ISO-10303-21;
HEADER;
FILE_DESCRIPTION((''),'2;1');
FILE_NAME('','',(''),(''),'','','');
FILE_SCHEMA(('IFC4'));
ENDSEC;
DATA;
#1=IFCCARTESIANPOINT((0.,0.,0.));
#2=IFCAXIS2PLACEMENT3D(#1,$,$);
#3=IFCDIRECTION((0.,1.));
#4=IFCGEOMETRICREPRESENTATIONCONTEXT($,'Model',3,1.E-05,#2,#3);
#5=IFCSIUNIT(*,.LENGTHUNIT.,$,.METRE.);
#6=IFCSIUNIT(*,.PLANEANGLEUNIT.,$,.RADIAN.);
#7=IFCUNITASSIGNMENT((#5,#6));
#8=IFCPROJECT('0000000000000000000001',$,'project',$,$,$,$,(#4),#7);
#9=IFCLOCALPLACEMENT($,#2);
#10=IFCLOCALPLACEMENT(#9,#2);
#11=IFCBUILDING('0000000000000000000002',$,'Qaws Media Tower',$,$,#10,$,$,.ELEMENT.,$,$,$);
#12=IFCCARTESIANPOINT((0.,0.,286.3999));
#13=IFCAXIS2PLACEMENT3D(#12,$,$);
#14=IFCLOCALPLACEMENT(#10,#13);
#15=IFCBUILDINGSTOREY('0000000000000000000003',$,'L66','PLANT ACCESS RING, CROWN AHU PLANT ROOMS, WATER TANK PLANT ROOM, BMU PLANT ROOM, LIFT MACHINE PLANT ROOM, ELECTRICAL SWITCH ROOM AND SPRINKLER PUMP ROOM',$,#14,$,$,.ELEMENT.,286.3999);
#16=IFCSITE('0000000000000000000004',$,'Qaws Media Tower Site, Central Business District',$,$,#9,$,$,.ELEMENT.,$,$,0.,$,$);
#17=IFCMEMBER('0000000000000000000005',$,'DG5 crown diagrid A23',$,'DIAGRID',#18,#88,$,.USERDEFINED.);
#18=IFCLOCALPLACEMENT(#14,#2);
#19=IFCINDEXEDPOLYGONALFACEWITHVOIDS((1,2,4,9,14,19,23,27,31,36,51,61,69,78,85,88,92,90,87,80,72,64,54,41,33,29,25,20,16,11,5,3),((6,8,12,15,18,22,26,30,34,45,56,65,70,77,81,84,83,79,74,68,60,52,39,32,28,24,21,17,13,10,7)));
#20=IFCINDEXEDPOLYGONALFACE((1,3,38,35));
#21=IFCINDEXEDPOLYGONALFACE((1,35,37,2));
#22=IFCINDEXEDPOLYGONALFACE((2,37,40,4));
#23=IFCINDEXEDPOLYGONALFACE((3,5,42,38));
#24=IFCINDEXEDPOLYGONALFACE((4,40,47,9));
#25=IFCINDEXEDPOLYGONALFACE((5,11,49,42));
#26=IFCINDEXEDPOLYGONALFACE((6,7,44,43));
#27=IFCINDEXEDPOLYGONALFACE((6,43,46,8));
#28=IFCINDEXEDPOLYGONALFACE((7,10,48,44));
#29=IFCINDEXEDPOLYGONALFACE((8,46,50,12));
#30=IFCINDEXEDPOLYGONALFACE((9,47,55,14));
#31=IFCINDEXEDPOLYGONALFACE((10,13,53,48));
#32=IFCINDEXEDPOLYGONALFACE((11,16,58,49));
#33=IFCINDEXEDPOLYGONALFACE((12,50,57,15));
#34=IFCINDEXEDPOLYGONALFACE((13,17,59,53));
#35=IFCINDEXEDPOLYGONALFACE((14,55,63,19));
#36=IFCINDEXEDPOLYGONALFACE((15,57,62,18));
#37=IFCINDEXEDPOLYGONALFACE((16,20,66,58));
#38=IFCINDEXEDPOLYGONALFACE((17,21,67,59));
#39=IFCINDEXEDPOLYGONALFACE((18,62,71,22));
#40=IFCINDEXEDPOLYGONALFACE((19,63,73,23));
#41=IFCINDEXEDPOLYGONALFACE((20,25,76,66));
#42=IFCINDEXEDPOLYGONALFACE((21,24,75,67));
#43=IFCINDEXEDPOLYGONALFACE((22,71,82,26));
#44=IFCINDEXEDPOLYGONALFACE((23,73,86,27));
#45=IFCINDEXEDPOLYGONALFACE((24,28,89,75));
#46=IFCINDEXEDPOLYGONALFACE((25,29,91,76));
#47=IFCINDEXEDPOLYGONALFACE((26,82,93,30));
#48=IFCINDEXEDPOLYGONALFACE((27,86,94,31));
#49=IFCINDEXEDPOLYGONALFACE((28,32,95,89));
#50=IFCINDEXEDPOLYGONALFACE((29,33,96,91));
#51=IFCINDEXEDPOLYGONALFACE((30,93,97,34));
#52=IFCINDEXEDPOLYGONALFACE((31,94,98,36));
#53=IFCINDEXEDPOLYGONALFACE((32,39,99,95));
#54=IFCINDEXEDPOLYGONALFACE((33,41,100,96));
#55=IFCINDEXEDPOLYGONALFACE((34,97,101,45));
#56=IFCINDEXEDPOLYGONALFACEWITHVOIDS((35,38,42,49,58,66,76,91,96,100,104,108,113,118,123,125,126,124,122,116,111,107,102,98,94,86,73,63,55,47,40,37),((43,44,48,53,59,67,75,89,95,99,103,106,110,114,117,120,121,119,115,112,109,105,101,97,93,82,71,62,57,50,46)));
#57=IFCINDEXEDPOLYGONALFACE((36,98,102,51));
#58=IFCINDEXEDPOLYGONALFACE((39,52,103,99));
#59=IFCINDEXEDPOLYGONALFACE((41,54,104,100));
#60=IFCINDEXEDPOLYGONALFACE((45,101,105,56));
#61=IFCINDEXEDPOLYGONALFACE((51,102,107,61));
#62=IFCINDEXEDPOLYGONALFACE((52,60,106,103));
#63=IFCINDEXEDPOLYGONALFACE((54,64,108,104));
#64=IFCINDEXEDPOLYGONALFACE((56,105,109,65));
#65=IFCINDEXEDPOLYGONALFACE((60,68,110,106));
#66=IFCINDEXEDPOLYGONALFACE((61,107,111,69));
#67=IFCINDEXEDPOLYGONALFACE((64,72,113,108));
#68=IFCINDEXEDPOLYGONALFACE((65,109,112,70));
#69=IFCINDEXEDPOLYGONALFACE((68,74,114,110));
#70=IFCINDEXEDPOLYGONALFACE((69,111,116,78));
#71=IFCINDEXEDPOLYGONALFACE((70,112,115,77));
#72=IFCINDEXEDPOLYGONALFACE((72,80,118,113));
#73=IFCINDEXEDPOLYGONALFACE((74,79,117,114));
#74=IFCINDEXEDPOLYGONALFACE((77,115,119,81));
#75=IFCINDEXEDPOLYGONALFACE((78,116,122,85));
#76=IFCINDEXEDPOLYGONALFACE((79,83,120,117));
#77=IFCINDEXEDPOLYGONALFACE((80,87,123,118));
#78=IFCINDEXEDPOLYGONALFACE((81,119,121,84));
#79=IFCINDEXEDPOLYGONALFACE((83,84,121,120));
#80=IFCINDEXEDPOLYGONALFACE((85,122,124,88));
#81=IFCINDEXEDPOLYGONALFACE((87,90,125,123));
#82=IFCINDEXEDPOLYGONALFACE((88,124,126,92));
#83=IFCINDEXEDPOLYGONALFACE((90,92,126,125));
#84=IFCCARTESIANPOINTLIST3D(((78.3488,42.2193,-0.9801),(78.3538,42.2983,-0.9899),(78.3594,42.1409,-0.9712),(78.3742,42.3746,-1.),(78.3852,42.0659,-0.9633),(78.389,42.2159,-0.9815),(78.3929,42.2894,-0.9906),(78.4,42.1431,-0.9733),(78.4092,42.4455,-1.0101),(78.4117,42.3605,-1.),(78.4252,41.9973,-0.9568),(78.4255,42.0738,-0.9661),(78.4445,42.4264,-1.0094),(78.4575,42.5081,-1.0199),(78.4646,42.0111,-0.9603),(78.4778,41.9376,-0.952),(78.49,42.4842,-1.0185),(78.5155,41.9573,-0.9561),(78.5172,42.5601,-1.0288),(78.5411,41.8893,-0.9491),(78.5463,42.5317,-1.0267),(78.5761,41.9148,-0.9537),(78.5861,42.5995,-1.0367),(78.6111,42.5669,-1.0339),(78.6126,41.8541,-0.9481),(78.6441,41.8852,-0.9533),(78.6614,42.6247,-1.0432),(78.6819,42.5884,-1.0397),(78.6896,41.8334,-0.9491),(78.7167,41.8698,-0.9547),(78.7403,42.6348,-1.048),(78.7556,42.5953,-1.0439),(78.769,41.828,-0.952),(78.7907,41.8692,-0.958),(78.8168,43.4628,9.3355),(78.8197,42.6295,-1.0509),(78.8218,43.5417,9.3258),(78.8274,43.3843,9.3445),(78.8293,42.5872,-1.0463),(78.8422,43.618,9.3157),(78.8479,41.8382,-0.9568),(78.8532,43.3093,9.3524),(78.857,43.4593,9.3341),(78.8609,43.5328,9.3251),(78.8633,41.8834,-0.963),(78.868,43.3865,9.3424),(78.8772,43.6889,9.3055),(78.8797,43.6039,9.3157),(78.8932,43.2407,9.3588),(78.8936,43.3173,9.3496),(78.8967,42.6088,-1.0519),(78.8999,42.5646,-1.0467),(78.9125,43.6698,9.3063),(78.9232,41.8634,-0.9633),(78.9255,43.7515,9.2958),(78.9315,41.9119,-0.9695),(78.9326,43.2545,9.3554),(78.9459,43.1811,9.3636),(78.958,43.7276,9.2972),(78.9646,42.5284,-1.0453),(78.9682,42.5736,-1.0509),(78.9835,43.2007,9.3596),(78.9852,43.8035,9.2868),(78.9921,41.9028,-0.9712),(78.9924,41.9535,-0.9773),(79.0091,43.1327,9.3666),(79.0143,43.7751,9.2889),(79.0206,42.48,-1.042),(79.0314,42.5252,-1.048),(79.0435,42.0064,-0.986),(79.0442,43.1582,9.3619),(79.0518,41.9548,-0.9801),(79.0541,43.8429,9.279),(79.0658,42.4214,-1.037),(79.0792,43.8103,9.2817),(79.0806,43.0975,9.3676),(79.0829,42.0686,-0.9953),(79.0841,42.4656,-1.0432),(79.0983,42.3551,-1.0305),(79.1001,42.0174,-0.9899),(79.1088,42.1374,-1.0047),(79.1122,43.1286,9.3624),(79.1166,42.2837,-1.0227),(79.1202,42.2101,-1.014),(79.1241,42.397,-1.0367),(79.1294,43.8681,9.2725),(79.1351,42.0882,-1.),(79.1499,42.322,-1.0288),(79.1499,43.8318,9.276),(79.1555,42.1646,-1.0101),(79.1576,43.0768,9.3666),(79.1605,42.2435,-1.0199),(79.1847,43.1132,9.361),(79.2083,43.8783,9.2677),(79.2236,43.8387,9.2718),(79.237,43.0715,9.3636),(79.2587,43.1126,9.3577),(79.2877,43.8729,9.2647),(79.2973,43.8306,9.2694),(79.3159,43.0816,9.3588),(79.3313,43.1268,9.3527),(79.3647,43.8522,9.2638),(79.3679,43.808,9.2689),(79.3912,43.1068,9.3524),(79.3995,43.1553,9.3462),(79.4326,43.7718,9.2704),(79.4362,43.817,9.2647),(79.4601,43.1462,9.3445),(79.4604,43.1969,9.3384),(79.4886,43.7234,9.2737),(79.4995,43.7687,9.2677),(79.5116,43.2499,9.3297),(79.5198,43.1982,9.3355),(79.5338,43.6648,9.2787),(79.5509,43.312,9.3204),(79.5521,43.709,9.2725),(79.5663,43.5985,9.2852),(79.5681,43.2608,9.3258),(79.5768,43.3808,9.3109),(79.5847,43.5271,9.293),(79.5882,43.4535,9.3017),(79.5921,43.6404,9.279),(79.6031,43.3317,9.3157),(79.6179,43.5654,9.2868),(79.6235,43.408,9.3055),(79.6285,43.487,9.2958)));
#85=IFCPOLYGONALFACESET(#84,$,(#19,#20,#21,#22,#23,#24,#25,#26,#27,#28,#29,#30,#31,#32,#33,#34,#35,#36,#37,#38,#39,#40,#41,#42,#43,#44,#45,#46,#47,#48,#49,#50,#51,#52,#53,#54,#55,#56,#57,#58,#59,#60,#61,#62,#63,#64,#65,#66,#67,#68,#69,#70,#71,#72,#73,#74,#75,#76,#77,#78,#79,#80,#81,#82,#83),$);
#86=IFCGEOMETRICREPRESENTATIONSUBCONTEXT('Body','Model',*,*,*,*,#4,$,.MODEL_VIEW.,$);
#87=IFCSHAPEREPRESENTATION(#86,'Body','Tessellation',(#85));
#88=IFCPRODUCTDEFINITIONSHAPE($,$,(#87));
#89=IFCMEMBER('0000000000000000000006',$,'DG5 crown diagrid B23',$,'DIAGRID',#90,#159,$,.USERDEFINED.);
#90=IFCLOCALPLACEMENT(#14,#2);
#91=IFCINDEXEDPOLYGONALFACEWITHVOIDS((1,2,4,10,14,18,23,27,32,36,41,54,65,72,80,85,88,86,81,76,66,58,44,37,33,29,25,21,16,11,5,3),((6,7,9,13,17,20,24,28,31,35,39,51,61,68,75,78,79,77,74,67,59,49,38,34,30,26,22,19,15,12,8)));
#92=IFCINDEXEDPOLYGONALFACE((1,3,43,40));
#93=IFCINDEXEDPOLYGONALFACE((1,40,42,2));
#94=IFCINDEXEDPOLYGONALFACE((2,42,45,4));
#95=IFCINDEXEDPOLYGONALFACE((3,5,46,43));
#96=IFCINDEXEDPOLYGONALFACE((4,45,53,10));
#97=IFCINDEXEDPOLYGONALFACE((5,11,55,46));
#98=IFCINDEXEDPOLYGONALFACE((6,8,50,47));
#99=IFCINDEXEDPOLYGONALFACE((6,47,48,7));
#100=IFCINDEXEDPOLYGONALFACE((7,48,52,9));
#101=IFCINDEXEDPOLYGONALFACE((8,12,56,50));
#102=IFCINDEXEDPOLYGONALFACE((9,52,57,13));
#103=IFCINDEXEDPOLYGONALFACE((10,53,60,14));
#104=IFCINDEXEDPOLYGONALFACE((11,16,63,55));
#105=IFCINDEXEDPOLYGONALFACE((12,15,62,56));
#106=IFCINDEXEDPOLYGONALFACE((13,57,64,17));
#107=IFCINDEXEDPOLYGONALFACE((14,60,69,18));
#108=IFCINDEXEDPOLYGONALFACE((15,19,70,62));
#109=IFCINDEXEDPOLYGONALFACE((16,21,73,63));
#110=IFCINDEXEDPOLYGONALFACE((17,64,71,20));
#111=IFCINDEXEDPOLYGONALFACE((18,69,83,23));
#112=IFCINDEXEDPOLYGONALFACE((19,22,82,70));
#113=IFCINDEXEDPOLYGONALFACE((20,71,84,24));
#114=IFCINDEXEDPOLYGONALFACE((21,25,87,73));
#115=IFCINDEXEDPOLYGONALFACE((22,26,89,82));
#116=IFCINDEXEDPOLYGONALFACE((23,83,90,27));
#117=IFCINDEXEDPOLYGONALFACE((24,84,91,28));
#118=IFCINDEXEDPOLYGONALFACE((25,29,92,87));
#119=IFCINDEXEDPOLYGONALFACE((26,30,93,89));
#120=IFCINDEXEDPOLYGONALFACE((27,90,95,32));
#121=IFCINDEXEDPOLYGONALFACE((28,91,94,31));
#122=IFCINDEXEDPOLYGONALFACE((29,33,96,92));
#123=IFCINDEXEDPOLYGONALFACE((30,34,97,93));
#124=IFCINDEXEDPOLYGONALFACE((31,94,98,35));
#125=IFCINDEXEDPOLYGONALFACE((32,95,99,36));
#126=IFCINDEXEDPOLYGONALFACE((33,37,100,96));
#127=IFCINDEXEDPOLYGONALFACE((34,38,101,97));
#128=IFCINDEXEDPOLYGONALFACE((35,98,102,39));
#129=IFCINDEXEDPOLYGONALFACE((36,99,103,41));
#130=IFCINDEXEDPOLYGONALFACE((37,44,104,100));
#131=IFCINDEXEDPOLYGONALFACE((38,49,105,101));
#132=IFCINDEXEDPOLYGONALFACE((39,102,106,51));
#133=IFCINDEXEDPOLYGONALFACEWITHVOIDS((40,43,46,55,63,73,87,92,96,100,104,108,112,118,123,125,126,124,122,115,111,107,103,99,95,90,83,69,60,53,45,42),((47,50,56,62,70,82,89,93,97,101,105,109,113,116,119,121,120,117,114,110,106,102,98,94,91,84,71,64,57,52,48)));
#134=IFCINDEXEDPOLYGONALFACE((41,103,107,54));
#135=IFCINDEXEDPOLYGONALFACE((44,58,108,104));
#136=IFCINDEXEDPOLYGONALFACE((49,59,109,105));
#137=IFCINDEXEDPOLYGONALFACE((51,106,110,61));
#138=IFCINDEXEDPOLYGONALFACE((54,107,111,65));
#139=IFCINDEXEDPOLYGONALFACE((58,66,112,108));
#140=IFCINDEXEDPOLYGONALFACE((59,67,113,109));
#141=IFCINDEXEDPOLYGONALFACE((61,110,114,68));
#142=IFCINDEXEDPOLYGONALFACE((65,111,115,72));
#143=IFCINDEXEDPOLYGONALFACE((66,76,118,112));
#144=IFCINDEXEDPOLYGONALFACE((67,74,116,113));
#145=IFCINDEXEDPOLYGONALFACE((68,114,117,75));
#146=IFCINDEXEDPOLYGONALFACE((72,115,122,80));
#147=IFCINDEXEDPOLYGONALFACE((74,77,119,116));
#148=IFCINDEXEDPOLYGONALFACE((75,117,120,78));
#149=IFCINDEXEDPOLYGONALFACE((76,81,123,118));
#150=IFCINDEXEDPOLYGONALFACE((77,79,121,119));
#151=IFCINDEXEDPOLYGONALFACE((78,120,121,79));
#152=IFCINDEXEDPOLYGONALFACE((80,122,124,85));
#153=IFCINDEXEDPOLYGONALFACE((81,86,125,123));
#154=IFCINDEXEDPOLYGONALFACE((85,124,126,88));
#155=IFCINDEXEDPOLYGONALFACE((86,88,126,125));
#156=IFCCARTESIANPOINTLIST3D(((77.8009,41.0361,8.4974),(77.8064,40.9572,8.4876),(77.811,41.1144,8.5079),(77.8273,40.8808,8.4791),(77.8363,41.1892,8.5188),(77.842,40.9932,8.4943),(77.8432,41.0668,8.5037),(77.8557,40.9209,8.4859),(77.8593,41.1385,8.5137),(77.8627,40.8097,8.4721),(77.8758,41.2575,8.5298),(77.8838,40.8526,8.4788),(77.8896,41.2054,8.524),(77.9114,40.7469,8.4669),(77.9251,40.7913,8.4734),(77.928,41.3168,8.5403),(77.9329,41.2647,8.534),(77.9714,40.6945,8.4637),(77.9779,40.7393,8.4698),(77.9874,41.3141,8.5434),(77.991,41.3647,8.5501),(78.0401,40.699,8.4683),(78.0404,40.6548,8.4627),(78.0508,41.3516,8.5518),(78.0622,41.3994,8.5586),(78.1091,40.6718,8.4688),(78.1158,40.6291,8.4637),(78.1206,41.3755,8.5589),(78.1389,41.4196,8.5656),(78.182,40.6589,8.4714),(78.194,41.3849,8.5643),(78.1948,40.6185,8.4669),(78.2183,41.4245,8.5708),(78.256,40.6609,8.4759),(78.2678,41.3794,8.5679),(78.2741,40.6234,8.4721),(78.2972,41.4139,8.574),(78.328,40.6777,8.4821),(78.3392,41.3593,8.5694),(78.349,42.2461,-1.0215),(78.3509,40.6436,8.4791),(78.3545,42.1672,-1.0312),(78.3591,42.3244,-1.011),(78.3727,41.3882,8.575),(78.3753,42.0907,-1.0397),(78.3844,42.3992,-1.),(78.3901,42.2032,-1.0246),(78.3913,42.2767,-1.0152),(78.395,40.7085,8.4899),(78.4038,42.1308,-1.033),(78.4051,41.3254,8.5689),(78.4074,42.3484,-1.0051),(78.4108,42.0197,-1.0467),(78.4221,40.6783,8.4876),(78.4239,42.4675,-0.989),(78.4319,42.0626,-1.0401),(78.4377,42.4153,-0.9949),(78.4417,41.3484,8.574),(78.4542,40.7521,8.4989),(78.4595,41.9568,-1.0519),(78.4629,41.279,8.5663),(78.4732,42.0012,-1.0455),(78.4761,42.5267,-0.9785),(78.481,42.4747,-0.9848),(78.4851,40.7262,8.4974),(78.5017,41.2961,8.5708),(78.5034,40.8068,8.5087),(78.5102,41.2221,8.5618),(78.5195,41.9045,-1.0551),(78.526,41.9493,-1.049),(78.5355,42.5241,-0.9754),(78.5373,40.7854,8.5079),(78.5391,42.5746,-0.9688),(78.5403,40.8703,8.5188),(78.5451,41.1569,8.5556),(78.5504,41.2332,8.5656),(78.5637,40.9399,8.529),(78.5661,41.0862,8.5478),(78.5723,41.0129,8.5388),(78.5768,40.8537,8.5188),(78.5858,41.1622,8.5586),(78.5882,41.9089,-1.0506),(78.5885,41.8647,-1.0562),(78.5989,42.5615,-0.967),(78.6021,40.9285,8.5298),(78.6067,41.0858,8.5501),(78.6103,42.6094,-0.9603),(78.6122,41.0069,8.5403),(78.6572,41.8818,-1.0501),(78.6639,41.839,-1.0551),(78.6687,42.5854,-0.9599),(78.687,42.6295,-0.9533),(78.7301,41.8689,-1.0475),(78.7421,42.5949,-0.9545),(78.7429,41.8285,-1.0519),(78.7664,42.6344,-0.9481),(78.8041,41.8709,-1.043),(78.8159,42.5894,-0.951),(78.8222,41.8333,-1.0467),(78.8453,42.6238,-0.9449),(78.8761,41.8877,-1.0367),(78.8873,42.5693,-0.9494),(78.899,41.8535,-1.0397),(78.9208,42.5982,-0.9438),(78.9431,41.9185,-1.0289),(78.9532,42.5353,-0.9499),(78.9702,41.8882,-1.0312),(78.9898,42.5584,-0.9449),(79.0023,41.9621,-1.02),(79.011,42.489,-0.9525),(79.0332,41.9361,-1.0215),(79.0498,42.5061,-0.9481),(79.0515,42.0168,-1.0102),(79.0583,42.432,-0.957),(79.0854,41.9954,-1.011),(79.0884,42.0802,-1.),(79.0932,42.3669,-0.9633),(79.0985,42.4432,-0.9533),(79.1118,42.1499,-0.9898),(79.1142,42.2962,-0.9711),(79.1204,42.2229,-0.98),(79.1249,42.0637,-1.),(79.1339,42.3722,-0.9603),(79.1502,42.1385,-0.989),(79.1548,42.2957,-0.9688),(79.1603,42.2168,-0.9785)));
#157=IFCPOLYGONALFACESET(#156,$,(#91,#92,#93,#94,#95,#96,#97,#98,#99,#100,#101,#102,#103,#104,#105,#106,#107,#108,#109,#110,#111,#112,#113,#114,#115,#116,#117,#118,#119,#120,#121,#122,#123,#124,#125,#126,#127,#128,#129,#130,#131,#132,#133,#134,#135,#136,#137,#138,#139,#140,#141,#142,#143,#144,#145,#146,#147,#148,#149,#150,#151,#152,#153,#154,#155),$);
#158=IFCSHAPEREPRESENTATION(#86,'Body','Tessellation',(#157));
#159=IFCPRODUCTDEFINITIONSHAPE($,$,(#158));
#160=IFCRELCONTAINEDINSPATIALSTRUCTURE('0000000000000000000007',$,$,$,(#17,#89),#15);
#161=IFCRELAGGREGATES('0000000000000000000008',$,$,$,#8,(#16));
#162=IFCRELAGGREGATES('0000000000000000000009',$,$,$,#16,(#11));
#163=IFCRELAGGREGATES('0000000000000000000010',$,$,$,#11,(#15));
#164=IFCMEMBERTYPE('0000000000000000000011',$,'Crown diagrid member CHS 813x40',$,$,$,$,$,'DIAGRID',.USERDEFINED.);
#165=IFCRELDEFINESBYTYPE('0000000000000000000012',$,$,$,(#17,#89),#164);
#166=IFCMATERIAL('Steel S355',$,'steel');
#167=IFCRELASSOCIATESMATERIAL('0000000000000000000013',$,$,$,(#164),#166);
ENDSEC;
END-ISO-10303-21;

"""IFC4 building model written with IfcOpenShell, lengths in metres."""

from ifc_helpers import new_model, si_unit, direction, frame, origin, origin_2d, place, context, subcontext, project, spatial, hollow_circle, extrude, material, material_profile, profile_set, type_object, element, save


model = new_model("IFC4")

# Units and contexts
model_context = context("Model", 3, precision=1e-05, world=origin(), true_north=direction((0.0, 1.0)))
body_context = subcontext(model_context, "Body", "Model", "MODEL_VIEW")
ifc_project = project(units=[si_unit("LENGTHUNIT", "METRE"), si_unit("PLANEANGLEUNIT", "RADIAN")], contexts=[model_context])

# Site, building, storey
site_placement = place(None, origin())
site = spatial("IfcSite", under=ifc_project, at=site_placement, Name="Qaws Media Tower Site, Central Business District", CompositionType="ELEMENT", RefElevation=0.0)
building_placement = place(site_placement, origin())
building = spatial("IfcBuilding", under=site, at=building_placement, Name="Qaws Media Tower", CompositionType="ELEMENT")
storey_placement = place(building_placement, frame((0.0, 0.0, 286.3999)))
storey = spatial("IfcBuildingStorey", under=building, at=storey_placement, Name="L66", Description="PLANT ACCESS RING, CROWN AHU PLANT ROOMS, WATER TANK PLANT ROOM, BMU PLANT ROOM, LIFT MACHINE PLANT ROOM, ELECTRICAL SWITCH ROOM AND SPRINKLER PUMP ROOM", CompositionType="ELEMENT", Elevation=286.3999)

# Members
ifc_material_1 = material(Name="Steel S355", Category="steel")
ifc_material_profile_1 = material_profile(ifc_material_1, hollow_circle(Radius=0.4065, WallThickness=0.04, at=origin_2d()), Name="CHS 813x40")
ifc_profile_set_1 = profile_set([ifc_material_profile_1], Name="Steel S355")
member_type_1 = type_object("IfcMemberType", Name="Crown diagrid member CHS 813x40", ElementType="DIAGRID", PredefinedType="USERDEFINED", material=ifc_profile_set_1)
member_1_placement = place(storey_placement, frame((78.7546, 42.2314, -1.0), z_axis=(0.044998, 0.119548, 0.991808), x_axis=(-0.935898, 0.352271, 0.0)))
element("IfcMember", 1, at=member_1_placement, inside=storey, type_object=member_type_1, Name="DG5 crown diagrid A23", ObjectType="DIAGRID", PredefinedType="USERDEFINED", context=body_context, shape_type="SweptSolid", body=[
    extrude(hollow_circle(Radius=0.4065, WallThickness=0.04, at=origin_2d()), origin(), (0.0, 0.0, 1.0), 10.4009),
])
member_2_placement = place(storey_placement, frame((78.7546, 42.2314, -1.0), z_axis=(-0.057028, -0.125893, 0.990403), x_axis=(0.910901, -0.412626, 0.0)))
element("IfcMember", 2, at=member_2_placement, inside=storey, type_object=member_type_1, Name="DG5 crown diagrid B23", ObjectType="DIAGRID", PredefinedType="USERDEFINED", context=body_context, shape_type="SweptSolid", body=[
    extrude(hollow_circle(Radius=0.4065, WallThickness=0.04, at=origin_2d()), origin(), (0.0, 0.0, 1.0), 9.6111),
])

save(model, "model.ifc")
